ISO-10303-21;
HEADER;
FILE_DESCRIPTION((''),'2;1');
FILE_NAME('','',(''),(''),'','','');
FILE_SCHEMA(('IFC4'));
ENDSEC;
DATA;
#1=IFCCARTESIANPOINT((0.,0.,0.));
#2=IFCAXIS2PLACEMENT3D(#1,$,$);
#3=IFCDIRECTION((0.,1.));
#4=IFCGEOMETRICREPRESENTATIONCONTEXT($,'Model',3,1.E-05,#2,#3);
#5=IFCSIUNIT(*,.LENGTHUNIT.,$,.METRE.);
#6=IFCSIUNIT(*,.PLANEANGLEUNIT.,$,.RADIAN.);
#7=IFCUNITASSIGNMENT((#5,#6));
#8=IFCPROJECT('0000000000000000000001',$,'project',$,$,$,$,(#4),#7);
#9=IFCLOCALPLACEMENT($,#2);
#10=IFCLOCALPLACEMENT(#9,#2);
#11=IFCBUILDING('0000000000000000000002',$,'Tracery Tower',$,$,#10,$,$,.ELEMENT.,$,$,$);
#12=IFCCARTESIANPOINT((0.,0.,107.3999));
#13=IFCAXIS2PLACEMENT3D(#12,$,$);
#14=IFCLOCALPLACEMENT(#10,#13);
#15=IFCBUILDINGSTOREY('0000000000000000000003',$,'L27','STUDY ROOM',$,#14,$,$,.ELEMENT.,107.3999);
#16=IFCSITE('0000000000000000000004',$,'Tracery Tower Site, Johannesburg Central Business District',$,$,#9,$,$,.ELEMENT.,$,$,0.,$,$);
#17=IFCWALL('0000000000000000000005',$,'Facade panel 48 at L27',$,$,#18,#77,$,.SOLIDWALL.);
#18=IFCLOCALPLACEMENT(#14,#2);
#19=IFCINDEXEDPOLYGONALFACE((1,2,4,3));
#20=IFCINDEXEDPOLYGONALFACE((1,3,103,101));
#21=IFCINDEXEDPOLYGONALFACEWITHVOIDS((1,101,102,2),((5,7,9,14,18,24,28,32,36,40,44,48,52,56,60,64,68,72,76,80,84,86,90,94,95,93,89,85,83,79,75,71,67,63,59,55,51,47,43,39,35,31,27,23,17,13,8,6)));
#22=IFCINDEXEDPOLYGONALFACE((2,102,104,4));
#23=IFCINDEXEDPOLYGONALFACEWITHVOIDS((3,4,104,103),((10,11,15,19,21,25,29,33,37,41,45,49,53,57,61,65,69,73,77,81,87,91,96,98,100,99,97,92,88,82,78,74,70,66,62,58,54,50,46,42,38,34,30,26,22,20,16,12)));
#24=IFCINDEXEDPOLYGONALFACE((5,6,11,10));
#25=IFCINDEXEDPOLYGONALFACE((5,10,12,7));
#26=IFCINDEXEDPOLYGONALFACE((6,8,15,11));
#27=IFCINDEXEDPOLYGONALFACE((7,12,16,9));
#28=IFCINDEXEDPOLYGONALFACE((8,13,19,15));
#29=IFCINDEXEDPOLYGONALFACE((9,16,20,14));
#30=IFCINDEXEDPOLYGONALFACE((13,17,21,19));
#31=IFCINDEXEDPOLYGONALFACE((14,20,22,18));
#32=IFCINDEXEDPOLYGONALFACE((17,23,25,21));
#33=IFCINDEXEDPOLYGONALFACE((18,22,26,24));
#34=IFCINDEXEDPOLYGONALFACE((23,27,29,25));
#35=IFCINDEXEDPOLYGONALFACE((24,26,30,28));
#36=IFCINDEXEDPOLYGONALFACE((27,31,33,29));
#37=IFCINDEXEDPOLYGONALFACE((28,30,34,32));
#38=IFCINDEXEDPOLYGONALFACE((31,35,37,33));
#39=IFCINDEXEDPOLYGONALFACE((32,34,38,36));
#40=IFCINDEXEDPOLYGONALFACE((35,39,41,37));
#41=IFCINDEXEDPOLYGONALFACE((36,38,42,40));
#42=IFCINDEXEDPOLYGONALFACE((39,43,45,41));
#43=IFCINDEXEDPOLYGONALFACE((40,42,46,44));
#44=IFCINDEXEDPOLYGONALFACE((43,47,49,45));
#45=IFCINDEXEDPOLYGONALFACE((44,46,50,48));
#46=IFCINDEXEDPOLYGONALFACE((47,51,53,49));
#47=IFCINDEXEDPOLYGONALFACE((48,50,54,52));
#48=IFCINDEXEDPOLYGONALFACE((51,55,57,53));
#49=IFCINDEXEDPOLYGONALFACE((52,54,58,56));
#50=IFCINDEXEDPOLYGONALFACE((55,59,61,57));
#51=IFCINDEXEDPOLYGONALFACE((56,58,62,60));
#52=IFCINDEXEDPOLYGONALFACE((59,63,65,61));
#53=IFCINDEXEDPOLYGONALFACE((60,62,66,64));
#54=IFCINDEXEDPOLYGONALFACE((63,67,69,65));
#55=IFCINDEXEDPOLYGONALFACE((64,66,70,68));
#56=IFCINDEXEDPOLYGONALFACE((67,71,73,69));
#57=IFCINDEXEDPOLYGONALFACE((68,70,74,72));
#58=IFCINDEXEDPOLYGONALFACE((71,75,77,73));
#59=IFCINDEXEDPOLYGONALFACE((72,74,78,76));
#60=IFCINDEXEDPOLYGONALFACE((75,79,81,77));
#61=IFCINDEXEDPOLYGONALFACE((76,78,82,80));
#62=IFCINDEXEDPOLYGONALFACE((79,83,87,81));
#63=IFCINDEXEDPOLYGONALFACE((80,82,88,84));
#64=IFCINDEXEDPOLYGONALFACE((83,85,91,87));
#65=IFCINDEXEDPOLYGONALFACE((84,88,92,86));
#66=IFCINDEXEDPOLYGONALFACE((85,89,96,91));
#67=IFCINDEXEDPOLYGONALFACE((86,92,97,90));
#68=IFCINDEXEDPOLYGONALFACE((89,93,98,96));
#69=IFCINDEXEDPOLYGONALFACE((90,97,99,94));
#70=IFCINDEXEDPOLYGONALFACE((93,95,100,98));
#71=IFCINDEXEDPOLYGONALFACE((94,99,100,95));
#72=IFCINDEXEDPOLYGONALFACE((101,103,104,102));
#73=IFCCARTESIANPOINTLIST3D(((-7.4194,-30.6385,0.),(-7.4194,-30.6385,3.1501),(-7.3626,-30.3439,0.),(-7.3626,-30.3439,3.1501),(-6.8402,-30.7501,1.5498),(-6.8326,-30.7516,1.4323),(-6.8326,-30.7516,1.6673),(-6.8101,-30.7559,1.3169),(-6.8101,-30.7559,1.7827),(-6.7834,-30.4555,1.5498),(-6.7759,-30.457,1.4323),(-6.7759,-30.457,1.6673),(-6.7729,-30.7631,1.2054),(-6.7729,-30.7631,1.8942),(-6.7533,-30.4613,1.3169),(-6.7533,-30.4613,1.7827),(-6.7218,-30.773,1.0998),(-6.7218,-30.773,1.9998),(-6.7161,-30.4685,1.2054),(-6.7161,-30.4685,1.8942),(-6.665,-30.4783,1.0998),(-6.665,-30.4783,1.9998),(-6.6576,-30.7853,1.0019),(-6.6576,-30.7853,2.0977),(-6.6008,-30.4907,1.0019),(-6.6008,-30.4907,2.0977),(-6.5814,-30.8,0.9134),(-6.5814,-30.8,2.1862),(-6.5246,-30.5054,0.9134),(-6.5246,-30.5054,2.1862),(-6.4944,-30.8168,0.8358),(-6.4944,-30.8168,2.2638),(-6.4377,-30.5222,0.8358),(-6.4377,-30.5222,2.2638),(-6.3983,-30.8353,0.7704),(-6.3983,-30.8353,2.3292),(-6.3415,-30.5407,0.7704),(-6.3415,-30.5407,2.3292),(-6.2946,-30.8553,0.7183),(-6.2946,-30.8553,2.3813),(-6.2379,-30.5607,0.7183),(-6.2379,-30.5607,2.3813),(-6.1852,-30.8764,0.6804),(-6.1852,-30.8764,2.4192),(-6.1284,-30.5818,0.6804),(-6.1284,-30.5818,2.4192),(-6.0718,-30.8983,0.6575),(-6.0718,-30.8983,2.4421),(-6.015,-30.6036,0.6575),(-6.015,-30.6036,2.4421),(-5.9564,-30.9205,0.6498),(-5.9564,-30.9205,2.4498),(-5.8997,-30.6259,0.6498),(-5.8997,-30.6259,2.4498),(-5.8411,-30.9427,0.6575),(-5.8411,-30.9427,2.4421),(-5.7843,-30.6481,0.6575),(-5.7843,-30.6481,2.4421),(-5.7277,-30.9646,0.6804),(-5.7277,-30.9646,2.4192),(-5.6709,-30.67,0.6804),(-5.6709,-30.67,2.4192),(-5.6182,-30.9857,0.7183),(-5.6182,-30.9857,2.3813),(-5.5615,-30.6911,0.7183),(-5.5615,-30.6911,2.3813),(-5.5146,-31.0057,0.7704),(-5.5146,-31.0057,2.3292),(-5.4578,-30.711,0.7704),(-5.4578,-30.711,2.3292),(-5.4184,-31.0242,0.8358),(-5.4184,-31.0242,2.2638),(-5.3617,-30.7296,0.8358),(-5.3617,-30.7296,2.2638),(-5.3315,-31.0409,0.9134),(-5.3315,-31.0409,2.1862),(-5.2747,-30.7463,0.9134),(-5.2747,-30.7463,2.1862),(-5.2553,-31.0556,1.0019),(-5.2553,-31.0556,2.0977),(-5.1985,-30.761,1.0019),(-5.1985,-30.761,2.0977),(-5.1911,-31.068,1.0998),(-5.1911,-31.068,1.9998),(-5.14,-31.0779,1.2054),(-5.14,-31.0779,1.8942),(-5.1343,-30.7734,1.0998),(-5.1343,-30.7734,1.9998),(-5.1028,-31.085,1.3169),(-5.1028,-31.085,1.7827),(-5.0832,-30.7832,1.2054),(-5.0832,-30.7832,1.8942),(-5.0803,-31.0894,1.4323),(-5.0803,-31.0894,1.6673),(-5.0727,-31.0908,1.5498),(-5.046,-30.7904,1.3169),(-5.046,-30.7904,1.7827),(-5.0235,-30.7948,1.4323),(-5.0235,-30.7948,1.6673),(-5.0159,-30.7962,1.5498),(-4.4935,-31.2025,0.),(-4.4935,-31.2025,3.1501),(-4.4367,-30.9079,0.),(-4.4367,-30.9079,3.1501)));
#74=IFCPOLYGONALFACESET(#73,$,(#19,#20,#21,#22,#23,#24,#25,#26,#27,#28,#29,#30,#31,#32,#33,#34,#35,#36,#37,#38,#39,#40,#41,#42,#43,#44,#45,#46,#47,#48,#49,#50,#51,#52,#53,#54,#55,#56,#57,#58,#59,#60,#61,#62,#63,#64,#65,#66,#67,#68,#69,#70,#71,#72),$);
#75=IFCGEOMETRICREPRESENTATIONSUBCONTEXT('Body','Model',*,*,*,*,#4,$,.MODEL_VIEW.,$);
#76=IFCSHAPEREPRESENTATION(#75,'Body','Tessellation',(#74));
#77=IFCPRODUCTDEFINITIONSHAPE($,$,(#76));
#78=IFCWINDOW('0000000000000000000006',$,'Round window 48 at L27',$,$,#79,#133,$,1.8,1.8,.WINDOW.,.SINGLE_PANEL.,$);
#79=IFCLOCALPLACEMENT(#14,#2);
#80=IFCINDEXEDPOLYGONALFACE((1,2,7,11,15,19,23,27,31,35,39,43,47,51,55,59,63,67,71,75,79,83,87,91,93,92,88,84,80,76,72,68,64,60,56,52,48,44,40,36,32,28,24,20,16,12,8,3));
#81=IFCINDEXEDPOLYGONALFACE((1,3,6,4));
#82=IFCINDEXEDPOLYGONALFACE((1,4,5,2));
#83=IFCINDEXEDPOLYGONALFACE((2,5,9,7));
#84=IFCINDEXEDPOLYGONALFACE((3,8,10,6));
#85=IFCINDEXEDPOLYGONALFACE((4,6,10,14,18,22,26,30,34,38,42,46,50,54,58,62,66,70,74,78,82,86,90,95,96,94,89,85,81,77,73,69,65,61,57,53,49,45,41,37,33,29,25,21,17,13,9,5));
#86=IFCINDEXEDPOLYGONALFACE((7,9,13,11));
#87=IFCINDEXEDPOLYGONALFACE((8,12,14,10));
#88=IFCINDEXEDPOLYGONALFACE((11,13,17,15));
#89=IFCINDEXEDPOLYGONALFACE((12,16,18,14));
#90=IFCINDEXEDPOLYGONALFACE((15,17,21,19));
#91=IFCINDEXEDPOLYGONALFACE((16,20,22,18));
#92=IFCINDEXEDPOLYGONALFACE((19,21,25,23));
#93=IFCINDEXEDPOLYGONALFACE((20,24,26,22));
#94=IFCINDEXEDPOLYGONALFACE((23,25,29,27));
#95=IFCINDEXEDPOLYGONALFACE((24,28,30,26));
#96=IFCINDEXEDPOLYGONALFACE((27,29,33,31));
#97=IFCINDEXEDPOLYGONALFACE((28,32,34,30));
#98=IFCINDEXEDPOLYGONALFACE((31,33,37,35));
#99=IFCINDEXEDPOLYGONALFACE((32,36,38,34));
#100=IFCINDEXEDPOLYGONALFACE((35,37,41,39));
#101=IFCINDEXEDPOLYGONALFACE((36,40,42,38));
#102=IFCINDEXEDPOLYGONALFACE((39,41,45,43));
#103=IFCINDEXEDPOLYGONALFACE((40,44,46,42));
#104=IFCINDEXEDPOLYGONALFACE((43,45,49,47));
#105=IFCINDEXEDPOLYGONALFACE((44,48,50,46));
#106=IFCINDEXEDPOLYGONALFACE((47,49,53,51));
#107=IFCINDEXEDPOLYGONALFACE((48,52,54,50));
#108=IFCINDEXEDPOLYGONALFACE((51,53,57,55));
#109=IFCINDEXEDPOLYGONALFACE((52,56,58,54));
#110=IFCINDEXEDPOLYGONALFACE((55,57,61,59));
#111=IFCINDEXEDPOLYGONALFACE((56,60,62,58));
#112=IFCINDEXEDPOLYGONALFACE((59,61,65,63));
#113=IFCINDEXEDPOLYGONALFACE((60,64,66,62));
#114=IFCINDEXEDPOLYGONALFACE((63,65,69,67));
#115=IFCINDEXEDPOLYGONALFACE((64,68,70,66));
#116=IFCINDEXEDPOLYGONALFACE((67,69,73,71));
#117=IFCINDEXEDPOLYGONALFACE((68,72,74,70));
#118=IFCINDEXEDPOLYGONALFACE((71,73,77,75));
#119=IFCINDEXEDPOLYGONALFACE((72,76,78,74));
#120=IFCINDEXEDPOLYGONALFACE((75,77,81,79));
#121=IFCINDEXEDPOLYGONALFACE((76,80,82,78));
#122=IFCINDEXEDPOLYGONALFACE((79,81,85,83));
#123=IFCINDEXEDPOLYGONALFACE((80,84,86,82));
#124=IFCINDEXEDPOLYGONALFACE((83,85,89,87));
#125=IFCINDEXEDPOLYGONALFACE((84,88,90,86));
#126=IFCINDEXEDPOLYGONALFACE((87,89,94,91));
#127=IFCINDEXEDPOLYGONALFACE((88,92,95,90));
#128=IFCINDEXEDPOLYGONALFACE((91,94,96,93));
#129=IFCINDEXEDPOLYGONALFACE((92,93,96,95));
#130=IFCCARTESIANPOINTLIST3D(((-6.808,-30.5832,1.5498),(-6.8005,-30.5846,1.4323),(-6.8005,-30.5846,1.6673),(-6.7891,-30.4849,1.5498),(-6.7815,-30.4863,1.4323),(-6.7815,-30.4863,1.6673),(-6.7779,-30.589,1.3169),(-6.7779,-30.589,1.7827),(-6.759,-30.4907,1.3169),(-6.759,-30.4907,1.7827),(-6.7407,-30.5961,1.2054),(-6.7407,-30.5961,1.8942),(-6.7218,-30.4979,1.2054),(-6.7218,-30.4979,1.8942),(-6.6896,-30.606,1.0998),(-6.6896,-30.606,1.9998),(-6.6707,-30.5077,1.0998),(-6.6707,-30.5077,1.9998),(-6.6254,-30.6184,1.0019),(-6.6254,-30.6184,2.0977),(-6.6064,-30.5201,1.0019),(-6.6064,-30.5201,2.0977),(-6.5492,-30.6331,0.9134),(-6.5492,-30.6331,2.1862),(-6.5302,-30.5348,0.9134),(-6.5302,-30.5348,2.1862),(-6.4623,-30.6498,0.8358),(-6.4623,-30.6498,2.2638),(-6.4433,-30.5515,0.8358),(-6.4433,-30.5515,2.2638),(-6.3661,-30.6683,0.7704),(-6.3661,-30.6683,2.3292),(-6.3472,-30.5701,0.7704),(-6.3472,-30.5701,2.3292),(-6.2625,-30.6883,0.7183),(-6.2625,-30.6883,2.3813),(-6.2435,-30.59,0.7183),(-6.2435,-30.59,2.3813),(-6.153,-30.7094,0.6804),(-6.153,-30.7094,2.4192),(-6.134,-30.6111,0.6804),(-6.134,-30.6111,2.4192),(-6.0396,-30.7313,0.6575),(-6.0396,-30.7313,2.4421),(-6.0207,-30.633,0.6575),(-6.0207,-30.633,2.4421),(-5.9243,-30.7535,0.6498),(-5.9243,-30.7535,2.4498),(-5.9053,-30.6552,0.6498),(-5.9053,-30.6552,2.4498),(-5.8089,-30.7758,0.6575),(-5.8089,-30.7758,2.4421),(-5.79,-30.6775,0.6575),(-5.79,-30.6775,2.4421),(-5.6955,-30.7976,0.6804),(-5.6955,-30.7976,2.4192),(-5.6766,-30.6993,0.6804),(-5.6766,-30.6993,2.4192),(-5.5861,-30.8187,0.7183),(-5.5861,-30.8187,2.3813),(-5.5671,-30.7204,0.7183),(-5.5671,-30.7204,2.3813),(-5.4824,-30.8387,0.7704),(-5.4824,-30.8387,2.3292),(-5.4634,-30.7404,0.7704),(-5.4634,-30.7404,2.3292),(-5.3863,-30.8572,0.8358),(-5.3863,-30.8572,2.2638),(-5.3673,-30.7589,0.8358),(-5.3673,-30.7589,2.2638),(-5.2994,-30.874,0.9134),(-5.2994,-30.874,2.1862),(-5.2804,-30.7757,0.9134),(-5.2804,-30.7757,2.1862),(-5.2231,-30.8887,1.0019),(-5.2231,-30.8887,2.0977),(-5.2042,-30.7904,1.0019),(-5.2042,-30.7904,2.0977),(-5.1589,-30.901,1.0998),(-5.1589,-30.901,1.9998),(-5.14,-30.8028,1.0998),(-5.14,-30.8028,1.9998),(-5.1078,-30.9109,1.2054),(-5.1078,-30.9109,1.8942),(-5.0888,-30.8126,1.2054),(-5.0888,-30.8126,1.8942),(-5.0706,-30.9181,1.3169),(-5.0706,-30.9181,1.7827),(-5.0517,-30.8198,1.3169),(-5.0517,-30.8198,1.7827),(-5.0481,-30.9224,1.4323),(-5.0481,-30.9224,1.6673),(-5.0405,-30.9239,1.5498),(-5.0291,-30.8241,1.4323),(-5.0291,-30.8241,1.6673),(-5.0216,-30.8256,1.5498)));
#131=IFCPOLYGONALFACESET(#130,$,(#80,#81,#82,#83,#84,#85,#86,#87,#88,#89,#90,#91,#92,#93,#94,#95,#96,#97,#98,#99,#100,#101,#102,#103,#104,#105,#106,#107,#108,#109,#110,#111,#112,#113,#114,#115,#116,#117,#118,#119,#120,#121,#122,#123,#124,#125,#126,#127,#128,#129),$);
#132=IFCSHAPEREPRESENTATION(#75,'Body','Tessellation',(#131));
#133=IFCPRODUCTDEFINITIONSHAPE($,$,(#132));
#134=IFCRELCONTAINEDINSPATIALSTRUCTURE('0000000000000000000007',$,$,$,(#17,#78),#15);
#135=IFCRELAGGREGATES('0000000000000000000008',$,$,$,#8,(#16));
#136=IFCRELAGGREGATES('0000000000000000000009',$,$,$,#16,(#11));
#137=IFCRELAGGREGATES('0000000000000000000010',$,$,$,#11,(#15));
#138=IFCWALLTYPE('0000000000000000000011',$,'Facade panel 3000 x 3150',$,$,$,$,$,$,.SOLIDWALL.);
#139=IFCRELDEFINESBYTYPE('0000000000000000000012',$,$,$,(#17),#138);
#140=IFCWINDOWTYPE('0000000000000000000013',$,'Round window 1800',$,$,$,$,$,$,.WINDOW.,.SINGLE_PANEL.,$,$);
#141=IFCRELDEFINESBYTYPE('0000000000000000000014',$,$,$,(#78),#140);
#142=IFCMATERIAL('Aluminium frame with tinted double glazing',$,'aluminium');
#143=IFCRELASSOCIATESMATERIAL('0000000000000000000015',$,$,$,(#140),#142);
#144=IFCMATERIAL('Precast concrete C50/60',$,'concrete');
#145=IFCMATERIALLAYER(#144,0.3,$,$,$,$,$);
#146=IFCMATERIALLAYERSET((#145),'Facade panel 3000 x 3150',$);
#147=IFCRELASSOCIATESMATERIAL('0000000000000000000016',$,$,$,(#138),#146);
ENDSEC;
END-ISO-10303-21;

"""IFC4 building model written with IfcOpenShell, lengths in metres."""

from ifc_helpers import new_model, si_unit, direction, frame, frame_2d, origin, origin_2d, place, context, subcontext, project, spatial, rectangle, circle, extrude, material, layer, layer_set, type_object, element, fill, save


model = new_model("IFC4")

# Units and contexts
model_context = context("Model", 3, precision=1e-05, world=origin(), true_north=direction((0.0, 1.0)))
body_context = subcontext(model_context, "Body", "Model", "MODEL_VIEW")
ifc_project = project(units=[si_unit("LENGTHUNIT", "METRE"), si_unit("PLANEANGLEUNIT", "RADIAN")], contexts=[model_context])

# Site, building, storey
site_placement = place(None, origin())
site = spatial("IfcSite", under=ifc_project, at=site_placement, Name="Tracery Tower Site, Johannesburg Central Business District", CompositionType="ELEMENT", RefElevation=0.0)
building_placement = place(site_placement, origin())
building = spatial("IfcBuilding", under=site, at=building_placement, Name="Tracery Tower", CompositionType="ELEMENT")
storey_placement = place(building_placement, frame((0.0, 0.0, 107.3999)))
storey = spatial("IfcBuildingStorey", under=building, at=storey_placement, Name="L27", Description="STUDY ROOM", CompositionType="ELEMENT", Elevation=107.3999)

# Wall, opening, window
ifc_material_1 = material(Name="Aluminium frame with tinted double glazing", Category="aluminium")
window_type = type_object("IfcWindowType", Name="Round window 1800", PartitioningType="SINGLE_PANEL", PredefinedType="WINDOW", material=ifc_material_1)
ifc_material_2 = material(Name="Precast concrete C50/60", Category="concrete")
ifc_layer_1 = layer(ifc_material_2, 0.3)
ifc_layer_set_1 = layer_set([ifc_layer_1], Name="Facade panel 3000 x 3150")
wall_type_1 = type_object("IfcWallType", Name="Facade panel 3000 x 3150", PredefinedType="SOLIDWALL", material=ifc_layer_set_1)
wall_1_placement = place(storey_placement, frame((-7.3909, -30.4912, 0.0), z_axis=(0.0, 0.0, 1.0), x_axis=(0.981925, -0.189273, 0.0)))
wall_1 = element("IfcWall", 1, at=wall_1_placement, inside=storey, type_object=wall_type_1, Name="Facade panel 48 at L27", PredefinedType="SOLIDWALL", context=body_context, shape_type="SweptSolid", body=[
    extrude(rectangle(XDim=2.9797, YDim=0.3, at=frame_2d((1.4897, 0.0))), origin(), (0.0, 0.0, 1.0), 3.1501),
])
opening_1_placement = place(wall_1_placement, frame((1.4897, 0.0, 1.5498)))
opening_1 = element("IfcOpeningElement", 2, at=opening_1_placement, cuts=wall_1, PredefinedType="OPENING", context=body_context, shape_type="SweptSolid", body=[
    extrude(circle(Radius=0.9, at=origin_2d()), frame((0.0, 0.1599, 0.0), z_axis=(0.0, -1.0, 0.0), x_axis=(1.0, 0.0, 0.0)), (0.0, 0.0, 1.0), 0.3201),
])
window_1_placement = place(opening_1_placement, origin())
window_1 = element("IfcWindow", 3, at=window_1_placement, inside=storey, type_object=window_type, Name="Round window 48 at L27", OverallHeight=1.8, OverallWidth=1.8, PartitioningType="SINGLE_PANEL", PredefinedType="WINDOW", context=body_context, shape_type="SweptSolid", body=[
    extrude(circle(Radius=0.9, at=origin_2d()), frame((0.0, 0.1201, 0.0), z_axis=(0.0, -1.0, 0.0), x_axis=(1.0, 0.0, 0.0)), (0.0, 0.0, 1.0), 0.1001),
])
fill(opening_1, window_1)

save(model, "model.ifc")
